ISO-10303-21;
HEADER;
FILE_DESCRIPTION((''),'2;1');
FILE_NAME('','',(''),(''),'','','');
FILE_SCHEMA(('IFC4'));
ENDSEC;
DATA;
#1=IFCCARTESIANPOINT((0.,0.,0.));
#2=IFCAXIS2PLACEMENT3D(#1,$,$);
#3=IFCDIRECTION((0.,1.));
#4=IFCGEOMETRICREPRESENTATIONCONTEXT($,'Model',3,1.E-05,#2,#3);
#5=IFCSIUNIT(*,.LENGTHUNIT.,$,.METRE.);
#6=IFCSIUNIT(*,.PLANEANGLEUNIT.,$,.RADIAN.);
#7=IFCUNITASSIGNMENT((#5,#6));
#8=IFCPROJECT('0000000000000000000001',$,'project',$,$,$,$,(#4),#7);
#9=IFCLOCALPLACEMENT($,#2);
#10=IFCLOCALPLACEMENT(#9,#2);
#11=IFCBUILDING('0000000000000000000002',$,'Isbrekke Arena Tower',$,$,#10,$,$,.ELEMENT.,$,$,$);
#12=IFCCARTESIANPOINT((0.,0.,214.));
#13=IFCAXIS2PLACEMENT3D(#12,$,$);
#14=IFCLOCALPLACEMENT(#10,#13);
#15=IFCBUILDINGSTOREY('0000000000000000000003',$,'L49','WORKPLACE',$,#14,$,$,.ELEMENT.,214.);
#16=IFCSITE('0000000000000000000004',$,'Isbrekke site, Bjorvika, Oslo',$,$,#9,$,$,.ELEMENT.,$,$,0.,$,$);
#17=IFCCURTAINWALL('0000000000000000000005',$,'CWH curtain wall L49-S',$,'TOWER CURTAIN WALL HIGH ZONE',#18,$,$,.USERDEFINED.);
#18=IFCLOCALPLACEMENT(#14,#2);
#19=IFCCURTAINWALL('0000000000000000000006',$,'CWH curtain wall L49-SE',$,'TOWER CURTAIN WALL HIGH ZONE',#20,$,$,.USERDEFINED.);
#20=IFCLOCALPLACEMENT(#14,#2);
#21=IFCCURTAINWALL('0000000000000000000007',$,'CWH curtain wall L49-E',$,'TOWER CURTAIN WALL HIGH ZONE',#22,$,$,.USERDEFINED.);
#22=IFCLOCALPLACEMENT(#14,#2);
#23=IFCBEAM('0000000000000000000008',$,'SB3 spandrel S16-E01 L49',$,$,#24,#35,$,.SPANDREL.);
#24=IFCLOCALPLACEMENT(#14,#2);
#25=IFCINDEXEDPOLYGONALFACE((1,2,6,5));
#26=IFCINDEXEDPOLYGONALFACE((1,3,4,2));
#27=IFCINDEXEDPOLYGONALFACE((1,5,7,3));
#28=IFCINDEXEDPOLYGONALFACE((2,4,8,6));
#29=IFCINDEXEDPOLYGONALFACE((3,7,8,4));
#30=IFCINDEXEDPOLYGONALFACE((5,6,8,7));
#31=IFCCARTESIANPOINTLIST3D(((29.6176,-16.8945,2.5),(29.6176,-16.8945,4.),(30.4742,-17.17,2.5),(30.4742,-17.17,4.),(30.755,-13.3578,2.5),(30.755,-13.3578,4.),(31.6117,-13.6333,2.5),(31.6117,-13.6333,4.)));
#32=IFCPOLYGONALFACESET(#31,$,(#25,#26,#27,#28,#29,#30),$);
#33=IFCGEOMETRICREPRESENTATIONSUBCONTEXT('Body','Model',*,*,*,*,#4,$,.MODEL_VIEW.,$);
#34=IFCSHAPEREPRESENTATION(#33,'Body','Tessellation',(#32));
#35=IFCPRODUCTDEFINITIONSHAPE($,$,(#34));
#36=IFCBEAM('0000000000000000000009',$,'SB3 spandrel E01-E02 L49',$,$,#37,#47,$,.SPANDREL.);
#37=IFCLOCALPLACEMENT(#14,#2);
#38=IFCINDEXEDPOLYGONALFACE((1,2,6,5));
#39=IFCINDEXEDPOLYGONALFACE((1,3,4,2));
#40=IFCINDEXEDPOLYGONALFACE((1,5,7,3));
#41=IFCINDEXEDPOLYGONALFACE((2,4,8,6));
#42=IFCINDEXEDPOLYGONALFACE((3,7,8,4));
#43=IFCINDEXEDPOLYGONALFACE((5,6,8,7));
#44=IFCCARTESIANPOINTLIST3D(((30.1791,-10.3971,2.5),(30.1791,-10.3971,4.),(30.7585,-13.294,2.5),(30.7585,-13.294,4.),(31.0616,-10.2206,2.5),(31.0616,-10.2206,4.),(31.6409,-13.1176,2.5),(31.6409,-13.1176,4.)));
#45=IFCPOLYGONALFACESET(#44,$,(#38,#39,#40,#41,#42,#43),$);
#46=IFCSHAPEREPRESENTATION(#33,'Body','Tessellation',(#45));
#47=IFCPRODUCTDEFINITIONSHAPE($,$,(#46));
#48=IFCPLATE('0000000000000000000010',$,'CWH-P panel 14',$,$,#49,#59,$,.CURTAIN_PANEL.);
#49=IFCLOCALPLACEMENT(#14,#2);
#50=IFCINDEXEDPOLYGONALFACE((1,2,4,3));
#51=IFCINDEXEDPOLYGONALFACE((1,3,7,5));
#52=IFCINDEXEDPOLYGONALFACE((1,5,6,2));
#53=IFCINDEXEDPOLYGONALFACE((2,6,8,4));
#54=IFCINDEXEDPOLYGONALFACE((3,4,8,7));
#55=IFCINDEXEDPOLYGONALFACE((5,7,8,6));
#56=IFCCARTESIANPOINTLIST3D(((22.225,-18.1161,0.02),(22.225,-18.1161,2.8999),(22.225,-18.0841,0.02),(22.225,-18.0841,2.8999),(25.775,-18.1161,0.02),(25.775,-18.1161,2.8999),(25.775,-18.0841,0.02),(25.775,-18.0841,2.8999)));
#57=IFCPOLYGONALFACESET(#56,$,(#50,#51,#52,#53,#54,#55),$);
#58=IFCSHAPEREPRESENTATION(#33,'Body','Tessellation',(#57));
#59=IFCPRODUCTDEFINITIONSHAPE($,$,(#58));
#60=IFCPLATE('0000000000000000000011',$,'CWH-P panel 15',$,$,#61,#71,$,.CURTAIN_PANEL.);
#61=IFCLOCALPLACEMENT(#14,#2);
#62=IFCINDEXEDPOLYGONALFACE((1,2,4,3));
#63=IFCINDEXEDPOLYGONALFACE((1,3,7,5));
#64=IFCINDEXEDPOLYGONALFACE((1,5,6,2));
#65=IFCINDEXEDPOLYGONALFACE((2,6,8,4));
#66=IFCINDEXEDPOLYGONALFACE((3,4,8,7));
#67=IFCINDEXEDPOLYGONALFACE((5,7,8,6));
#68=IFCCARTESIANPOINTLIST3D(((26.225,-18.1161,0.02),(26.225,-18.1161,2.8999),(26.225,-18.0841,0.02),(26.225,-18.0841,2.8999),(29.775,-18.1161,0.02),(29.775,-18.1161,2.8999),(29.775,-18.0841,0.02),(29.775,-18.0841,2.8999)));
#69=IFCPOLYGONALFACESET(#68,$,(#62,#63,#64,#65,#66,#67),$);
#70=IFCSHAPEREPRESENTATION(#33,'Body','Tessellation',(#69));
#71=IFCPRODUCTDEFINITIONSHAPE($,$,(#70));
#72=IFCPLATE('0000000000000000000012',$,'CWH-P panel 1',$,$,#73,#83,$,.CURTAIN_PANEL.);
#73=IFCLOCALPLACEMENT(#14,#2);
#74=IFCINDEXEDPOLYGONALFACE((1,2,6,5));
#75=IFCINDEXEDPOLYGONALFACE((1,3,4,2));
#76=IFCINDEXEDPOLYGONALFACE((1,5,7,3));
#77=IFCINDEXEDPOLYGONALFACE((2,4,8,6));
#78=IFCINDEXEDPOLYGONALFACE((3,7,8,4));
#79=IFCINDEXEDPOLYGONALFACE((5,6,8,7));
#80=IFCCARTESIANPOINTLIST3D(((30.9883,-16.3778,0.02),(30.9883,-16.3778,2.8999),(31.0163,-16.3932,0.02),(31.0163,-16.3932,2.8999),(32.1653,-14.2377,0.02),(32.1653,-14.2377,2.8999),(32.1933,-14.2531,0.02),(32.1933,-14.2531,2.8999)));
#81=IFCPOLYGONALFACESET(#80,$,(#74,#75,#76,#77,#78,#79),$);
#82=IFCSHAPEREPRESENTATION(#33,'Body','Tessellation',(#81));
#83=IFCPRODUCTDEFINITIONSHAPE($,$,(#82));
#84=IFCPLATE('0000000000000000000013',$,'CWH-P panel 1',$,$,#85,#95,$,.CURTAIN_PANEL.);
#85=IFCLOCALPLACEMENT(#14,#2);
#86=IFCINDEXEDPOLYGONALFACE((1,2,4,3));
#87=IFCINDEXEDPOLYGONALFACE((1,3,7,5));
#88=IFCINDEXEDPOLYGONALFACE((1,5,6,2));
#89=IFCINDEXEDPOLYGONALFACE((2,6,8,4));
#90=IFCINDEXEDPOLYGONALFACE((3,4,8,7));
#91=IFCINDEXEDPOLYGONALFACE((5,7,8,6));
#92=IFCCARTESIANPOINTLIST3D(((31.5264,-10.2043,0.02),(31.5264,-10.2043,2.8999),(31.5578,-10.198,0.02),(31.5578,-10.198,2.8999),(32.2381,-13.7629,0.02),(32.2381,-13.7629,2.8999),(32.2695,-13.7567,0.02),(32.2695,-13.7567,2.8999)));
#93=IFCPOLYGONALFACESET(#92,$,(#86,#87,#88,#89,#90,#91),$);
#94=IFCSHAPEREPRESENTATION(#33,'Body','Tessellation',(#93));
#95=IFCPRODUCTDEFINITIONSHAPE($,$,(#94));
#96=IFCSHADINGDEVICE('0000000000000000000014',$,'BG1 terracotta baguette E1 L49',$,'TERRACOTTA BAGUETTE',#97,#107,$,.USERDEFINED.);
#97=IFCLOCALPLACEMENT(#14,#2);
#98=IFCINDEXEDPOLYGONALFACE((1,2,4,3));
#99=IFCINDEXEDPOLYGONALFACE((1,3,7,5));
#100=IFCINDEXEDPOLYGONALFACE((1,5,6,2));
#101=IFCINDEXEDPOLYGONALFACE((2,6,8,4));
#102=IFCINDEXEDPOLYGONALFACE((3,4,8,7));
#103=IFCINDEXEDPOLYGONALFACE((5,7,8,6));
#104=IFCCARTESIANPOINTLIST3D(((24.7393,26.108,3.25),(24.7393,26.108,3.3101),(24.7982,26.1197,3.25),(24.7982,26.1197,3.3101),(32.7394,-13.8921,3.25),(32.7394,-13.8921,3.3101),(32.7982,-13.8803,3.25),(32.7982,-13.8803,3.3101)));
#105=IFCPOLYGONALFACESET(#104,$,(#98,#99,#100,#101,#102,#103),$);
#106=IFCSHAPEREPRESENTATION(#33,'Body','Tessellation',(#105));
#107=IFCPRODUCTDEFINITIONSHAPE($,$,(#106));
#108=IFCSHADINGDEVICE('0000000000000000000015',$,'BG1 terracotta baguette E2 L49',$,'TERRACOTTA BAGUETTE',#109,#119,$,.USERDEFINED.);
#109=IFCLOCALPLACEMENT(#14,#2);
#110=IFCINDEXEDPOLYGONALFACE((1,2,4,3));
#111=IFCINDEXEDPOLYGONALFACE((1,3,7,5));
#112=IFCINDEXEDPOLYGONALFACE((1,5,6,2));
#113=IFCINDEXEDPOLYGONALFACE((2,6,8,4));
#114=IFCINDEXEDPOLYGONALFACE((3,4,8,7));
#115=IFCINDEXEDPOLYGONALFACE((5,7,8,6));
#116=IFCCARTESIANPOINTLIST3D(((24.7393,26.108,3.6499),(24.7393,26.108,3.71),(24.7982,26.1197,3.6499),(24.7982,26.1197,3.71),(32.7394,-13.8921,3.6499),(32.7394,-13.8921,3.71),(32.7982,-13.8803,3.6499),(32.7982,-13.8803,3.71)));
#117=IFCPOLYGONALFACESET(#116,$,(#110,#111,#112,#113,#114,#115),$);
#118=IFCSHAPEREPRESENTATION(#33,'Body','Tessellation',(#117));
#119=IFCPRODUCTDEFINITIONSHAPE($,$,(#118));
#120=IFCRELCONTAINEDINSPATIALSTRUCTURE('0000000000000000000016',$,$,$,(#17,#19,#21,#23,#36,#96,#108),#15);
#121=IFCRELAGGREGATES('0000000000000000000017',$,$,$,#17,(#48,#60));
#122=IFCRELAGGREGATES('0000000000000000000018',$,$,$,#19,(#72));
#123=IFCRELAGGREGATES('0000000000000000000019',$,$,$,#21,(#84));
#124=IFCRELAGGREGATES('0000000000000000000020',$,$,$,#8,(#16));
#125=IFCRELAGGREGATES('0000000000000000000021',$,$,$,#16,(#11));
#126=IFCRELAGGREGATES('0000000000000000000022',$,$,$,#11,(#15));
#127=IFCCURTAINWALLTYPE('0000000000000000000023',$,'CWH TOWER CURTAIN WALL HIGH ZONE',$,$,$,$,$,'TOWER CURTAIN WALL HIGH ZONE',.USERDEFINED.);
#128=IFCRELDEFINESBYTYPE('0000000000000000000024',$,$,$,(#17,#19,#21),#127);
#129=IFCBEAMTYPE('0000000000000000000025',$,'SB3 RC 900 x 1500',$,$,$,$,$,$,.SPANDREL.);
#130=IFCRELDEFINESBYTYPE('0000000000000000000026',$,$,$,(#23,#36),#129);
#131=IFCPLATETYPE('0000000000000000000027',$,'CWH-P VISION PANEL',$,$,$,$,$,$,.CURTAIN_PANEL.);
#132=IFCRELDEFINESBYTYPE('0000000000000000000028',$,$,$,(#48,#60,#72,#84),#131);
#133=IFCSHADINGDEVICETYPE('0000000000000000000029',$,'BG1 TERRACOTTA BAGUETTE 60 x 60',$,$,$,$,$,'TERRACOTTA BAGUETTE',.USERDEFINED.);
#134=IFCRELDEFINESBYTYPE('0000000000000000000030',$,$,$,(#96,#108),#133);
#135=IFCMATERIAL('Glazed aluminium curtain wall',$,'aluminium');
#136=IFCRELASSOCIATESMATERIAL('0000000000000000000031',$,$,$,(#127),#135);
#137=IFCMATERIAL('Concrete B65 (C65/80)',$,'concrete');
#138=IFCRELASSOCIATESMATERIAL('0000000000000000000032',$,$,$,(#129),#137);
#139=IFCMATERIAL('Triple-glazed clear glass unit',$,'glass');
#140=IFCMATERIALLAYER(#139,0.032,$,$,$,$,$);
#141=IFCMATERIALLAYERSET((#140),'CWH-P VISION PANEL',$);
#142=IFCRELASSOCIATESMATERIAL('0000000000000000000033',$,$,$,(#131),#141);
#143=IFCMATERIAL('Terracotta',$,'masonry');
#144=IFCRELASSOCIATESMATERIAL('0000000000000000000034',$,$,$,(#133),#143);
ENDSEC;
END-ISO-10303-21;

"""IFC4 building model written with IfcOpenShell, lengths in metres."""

from ifc_helpers import new_model, si_unit, direction, frame, origin, origin_2d, place, context, subcontext, project, spatial, rectangle, extrude, material, layer, layer_set, material_profile, profile_set, type_object, element, aggregate, save


model = new_model("IFC4")

# Units and contexts
model_context = context("Model", 3, precision=1e-05, world=origin(), true_north=direction((0.0, 1.0)))
body_context = subcontext(model_context, "Body", "Model", "MODEL_VIEW")
ifc_project = project(units=[si_unit("LENGTHUNIT", "METRE"), si_unit("PLANEANGLEUNIT", "RADIAN")], contexts=[model_context])

# Site, building, storey
site_placement = place(None, origin())
site = spatial("IfcSite", under=ifc_project, at=site_placement, Name="Isbrekke site, Bjorvika, Oslo", CompositionType="ELEMENT", RefElevation=0.0)
building_placement = place(site_placement, origin())
building = spatial("IfcBuilding", under=site, at=building_placement, Name="Isbrekke Arena Tower", CompositionType="ELEMENT")
storey_placement = place(building_placement, frame((0.0, 0.0, 214.0)))
storey = spatial("IfcBuildingStorey", under=building, at=storey_placement, Name="L49", Description="WORKPLACE", CompositionType="ELEMENT", Elevation=214.0)

# Curtain walls
ifc_material_1 = material(Name="Glazed aluminium curtain wall", Category="aluminium")
curtain_wall_type = type_object("IfcCurtainWallType", Name="CWH TOWER CURTAIN WALL HIGH ZONE", ElementType="TOWER CURTAIN WALL HIGH ZONE", PredefinedType="USERDEFINED", material=ifc_material_1)
curtain_wall_1_placement = place(storey_placement, origin())
curtain_wall_1 = element("IfcCurtainWall", 1, at=curtain_wall_1_placement, inside=storey, type_object=curtain_wall_type, Name="CWH curtain wall L49-S", ObjectType="TOWER CURTAIN WALL HIGH ZONE", PredefinedType="USERDEFINED")
curtain_wall_2_placement = place(storey_placement, origin())
curtain_wall_2 = element("IfcCurtainWall", 2, at=curtain_wall_2_placement, inside=storey, type_object=curtain_wall_type, Name="CWH curtain wall L49-SE", ObjectType="TOWER CURTAIN WALL HIGH ZONE", PredefinedType="USERDEFINED")

# Curtain wall
curtain_wall_3_placement = place(storey_placement, origin())
curtain_wall_3 = element("IfcCurtainWall", 3, at=curtain_wall_3_placement, inside=storey, type_object=curtain_wall_type, Name="CWH curtain wall L49-E", ObjectType="TOWER CURTAIN WALL HIGH ZONE", PredefinedType="USERDEFINED")

# Beams
ifc_material_2 = material(Name="Concrete B65 (C65/80)", Category="concrete")
ifc_material_profile_1 = material_profile(ifc_material_2, rectangle(XDim=0.8999, YDim=1.5, at=origin_2d()), Name="RC 900x1500")
ifc_profile_set_1 = profile_set([ifc_material_profile_1], Name="Concrete B65 (C65/80)")
beam_type_1 = type_object("IfcBeamType", Name="SB3 RC 900 x 1500", PredefinedType="SPANDREL", material=ifc_profile_set_1)
beam_1_placement = place(storey_placement, frame((30.0459, -17.0322, 3.25), z_axis=(0.306175, 0.951975, 0.0), x_axis=(-0.951975, 0.306175, 0.0)))
element("IfcBeam", 4, at=beam_1_placement, inside=storey, type_object=beam_type_1, Name="SB3 spandrel S16-E01 L49", PredefinedType="SPANDREL", context=body_context, shape_type="SweptSolid", body=[
    extrude(rectangle(XDim=0.8999, YDim=1.5, at=origin_2d()), origin(), (0.0, 0.0, 1.0), 3.7151),
])
beam_2_placement = place(storey_placement, frame((31.1997, -13.2058, 3.25), z_axis=(-0.1961, 0.980584, 0.0), x_axis=(-0.980584, -0.1961, 0.0)))
element("IfcBeam", 5, at=beam_2_placement, inside=storey, type_object=beam_type_1, Name="SB3 spandrel E01-E02 L49", PredefinedType="SPANDREL", context=body_context, shape_type="SweptSolid", body=[
    extrude(rectangle(XDim=0.8999, YDim=1.5, at=origin_2d()), origin(), (0.0, 0.0, 1.0), 2.9543),
])

# Plates
ifc_material_3 = material(Name="Triple-glazed clear glass unit", Category="glass")
ifc_layer = layer(ifc_material_3, 0.032)
ifc_layer_set = layer_set([ifc_layer], Name="CWH-P VISION PANEL")
plate_type = type_object("IfcPlateType", Name="CWH-P VISION PANEL", PredefinedType="CURTAIN_PANEL", material=ifc_layer_set)
plate_1_placement = place(storey_placement, frame((24.0, -18.1001, 0.02), z_axis=(0.0, 0.0, 1.0), x_axis=(1.0, 0.0, 0.0)))
plate_1 = element("IfcPlate", 6, at=plate_1_placement, type_object=plate_type, Name="CWH-P panel 14", PredefinedType="CURTAIN_PANEL", context=body_context, shape_type="SweptSolid", body=[
    extrude(rectangle(XDim=3.55, YDim=0.032, at=origin_2d()), origin(), (0.0, 0.0, 1.0), 2.8799),
])
plate_2_placement = place(storey_placement, frame((28.0, -18.1001, 0.02), z_axis=(0.0, 0.0, 1.0), x_axis=(1.0, 0.0, 0.0)))
plate_2 = element("IfcPlate", 7, at=plate_2_placement, type_object=plate_type, Name="CWH-P panel 15", PredefinedType="CURTAIN_PANEL", context=body_context, shape_type="SweptSolid", body=[
    extrude(rectangle(XDim=3.55, YDim=0.032, at=origin_2d()), origin(), (0.0, 0.0, 1.0), 2.8799),
])
aggregate(curtain_wall_1, [plate_1, plate_2])
plate_3_placement = place(storey_placement, frame((31.5908, -15.3154, 0.02), z_axis=(0.0, 0.0, 1.0), x_axis=(0.481919, 0.876216, 0.0)))
plate_3 = element("IfcPlate", 8, at=plate_3_placement, type_object=plate_type, Name="CWH-P panel 1", PredefinedType="CURTAIN_PANEL", context=body_context, shape_type="SweptSolid", body=[
    extrude(rectangle(XDim=2.4424, YDim=0.032, at=origin_2d()), origin(), (0.0, 0.0, 1.0), 2.8799),
])
aggregate(curtain_wall_2, [plate_3])
plate_4_placement = place(storey_placement, frame((31.8979, -11.9805, 0.02), z_axis=(0.0, 0.0, 1.0), x_axis=(-0.196116, 0.980581, 0.0)))
plate_4 = element("IfcPlate", 9, at=plate_4_placement, type_object=plate_type, Name="CWH-P panel 1", PredefinedType="CURTAIN_PANEL", context=body_context, shape_type="SweptSolid", body=[
    extrude(rectangle(XDim=3.6292, YDim=0.032, at=origin_2d()), origin(), (0.0, 0.0, 1.0), 2.8799),
])
aggregate(curtain_wall_3, [plate_4])

# Shading devices
ifc_material_4 = material(Name="Terracotta", Category="masonry")
ifc_material_profile_2 = material_profile(ifc_material_4, rectangle(XDim=0.0601, YDim=0.0601, at=origin_2d()), Name="BAGUETTE 60X60")
ifc_profile_set_2 = profile_set([ifc_material_profile_2], Name="Terracotta")
shading_device_type = type_object("IfcShadingDeviceType", Name="BG1 TERRACOTTA BAGUETTE 60 x 60", ElementType="TERRACOTTA BAGUETTE", PredefinedType="USERDEFINED", material=ifc_profile_set_2)
for number, where, z_axis, x_axis, name in (
    (10, (32.7688, -13.8862, 3.28), (-0.196116, 0.980581, 0.0), (-0.980581, -0.196116, 0.0), "BG1 terracotta baguette E1 L49"),
    (11, (32.7688, -13.8862, 3.6799), (-0.196116, 0.980581, 0.0), (-0.980581, -0.196116, 0.0), "BG1 terracotta baguette E2 L49"),
):
    element("IfcShadingDevice", number, at=place(storey_placement, frame(where, z_axis=z_axis, x_axis=x_axis)), inside=storey, type_object=shading_device_type, Name=name, ObjectType="TERRACOTTA BAGUETTE", PredefinedType="USERDEFINED", context=body_context, shape_type="SweptSolid", body=[
        extrude(rectangle(XDim=0.0601, YDim=0.0601, at=origin_2d()), origin(), (0.0, 0.0, 1.0), 40.7922),
    ])

save(model, "model.ifc")
